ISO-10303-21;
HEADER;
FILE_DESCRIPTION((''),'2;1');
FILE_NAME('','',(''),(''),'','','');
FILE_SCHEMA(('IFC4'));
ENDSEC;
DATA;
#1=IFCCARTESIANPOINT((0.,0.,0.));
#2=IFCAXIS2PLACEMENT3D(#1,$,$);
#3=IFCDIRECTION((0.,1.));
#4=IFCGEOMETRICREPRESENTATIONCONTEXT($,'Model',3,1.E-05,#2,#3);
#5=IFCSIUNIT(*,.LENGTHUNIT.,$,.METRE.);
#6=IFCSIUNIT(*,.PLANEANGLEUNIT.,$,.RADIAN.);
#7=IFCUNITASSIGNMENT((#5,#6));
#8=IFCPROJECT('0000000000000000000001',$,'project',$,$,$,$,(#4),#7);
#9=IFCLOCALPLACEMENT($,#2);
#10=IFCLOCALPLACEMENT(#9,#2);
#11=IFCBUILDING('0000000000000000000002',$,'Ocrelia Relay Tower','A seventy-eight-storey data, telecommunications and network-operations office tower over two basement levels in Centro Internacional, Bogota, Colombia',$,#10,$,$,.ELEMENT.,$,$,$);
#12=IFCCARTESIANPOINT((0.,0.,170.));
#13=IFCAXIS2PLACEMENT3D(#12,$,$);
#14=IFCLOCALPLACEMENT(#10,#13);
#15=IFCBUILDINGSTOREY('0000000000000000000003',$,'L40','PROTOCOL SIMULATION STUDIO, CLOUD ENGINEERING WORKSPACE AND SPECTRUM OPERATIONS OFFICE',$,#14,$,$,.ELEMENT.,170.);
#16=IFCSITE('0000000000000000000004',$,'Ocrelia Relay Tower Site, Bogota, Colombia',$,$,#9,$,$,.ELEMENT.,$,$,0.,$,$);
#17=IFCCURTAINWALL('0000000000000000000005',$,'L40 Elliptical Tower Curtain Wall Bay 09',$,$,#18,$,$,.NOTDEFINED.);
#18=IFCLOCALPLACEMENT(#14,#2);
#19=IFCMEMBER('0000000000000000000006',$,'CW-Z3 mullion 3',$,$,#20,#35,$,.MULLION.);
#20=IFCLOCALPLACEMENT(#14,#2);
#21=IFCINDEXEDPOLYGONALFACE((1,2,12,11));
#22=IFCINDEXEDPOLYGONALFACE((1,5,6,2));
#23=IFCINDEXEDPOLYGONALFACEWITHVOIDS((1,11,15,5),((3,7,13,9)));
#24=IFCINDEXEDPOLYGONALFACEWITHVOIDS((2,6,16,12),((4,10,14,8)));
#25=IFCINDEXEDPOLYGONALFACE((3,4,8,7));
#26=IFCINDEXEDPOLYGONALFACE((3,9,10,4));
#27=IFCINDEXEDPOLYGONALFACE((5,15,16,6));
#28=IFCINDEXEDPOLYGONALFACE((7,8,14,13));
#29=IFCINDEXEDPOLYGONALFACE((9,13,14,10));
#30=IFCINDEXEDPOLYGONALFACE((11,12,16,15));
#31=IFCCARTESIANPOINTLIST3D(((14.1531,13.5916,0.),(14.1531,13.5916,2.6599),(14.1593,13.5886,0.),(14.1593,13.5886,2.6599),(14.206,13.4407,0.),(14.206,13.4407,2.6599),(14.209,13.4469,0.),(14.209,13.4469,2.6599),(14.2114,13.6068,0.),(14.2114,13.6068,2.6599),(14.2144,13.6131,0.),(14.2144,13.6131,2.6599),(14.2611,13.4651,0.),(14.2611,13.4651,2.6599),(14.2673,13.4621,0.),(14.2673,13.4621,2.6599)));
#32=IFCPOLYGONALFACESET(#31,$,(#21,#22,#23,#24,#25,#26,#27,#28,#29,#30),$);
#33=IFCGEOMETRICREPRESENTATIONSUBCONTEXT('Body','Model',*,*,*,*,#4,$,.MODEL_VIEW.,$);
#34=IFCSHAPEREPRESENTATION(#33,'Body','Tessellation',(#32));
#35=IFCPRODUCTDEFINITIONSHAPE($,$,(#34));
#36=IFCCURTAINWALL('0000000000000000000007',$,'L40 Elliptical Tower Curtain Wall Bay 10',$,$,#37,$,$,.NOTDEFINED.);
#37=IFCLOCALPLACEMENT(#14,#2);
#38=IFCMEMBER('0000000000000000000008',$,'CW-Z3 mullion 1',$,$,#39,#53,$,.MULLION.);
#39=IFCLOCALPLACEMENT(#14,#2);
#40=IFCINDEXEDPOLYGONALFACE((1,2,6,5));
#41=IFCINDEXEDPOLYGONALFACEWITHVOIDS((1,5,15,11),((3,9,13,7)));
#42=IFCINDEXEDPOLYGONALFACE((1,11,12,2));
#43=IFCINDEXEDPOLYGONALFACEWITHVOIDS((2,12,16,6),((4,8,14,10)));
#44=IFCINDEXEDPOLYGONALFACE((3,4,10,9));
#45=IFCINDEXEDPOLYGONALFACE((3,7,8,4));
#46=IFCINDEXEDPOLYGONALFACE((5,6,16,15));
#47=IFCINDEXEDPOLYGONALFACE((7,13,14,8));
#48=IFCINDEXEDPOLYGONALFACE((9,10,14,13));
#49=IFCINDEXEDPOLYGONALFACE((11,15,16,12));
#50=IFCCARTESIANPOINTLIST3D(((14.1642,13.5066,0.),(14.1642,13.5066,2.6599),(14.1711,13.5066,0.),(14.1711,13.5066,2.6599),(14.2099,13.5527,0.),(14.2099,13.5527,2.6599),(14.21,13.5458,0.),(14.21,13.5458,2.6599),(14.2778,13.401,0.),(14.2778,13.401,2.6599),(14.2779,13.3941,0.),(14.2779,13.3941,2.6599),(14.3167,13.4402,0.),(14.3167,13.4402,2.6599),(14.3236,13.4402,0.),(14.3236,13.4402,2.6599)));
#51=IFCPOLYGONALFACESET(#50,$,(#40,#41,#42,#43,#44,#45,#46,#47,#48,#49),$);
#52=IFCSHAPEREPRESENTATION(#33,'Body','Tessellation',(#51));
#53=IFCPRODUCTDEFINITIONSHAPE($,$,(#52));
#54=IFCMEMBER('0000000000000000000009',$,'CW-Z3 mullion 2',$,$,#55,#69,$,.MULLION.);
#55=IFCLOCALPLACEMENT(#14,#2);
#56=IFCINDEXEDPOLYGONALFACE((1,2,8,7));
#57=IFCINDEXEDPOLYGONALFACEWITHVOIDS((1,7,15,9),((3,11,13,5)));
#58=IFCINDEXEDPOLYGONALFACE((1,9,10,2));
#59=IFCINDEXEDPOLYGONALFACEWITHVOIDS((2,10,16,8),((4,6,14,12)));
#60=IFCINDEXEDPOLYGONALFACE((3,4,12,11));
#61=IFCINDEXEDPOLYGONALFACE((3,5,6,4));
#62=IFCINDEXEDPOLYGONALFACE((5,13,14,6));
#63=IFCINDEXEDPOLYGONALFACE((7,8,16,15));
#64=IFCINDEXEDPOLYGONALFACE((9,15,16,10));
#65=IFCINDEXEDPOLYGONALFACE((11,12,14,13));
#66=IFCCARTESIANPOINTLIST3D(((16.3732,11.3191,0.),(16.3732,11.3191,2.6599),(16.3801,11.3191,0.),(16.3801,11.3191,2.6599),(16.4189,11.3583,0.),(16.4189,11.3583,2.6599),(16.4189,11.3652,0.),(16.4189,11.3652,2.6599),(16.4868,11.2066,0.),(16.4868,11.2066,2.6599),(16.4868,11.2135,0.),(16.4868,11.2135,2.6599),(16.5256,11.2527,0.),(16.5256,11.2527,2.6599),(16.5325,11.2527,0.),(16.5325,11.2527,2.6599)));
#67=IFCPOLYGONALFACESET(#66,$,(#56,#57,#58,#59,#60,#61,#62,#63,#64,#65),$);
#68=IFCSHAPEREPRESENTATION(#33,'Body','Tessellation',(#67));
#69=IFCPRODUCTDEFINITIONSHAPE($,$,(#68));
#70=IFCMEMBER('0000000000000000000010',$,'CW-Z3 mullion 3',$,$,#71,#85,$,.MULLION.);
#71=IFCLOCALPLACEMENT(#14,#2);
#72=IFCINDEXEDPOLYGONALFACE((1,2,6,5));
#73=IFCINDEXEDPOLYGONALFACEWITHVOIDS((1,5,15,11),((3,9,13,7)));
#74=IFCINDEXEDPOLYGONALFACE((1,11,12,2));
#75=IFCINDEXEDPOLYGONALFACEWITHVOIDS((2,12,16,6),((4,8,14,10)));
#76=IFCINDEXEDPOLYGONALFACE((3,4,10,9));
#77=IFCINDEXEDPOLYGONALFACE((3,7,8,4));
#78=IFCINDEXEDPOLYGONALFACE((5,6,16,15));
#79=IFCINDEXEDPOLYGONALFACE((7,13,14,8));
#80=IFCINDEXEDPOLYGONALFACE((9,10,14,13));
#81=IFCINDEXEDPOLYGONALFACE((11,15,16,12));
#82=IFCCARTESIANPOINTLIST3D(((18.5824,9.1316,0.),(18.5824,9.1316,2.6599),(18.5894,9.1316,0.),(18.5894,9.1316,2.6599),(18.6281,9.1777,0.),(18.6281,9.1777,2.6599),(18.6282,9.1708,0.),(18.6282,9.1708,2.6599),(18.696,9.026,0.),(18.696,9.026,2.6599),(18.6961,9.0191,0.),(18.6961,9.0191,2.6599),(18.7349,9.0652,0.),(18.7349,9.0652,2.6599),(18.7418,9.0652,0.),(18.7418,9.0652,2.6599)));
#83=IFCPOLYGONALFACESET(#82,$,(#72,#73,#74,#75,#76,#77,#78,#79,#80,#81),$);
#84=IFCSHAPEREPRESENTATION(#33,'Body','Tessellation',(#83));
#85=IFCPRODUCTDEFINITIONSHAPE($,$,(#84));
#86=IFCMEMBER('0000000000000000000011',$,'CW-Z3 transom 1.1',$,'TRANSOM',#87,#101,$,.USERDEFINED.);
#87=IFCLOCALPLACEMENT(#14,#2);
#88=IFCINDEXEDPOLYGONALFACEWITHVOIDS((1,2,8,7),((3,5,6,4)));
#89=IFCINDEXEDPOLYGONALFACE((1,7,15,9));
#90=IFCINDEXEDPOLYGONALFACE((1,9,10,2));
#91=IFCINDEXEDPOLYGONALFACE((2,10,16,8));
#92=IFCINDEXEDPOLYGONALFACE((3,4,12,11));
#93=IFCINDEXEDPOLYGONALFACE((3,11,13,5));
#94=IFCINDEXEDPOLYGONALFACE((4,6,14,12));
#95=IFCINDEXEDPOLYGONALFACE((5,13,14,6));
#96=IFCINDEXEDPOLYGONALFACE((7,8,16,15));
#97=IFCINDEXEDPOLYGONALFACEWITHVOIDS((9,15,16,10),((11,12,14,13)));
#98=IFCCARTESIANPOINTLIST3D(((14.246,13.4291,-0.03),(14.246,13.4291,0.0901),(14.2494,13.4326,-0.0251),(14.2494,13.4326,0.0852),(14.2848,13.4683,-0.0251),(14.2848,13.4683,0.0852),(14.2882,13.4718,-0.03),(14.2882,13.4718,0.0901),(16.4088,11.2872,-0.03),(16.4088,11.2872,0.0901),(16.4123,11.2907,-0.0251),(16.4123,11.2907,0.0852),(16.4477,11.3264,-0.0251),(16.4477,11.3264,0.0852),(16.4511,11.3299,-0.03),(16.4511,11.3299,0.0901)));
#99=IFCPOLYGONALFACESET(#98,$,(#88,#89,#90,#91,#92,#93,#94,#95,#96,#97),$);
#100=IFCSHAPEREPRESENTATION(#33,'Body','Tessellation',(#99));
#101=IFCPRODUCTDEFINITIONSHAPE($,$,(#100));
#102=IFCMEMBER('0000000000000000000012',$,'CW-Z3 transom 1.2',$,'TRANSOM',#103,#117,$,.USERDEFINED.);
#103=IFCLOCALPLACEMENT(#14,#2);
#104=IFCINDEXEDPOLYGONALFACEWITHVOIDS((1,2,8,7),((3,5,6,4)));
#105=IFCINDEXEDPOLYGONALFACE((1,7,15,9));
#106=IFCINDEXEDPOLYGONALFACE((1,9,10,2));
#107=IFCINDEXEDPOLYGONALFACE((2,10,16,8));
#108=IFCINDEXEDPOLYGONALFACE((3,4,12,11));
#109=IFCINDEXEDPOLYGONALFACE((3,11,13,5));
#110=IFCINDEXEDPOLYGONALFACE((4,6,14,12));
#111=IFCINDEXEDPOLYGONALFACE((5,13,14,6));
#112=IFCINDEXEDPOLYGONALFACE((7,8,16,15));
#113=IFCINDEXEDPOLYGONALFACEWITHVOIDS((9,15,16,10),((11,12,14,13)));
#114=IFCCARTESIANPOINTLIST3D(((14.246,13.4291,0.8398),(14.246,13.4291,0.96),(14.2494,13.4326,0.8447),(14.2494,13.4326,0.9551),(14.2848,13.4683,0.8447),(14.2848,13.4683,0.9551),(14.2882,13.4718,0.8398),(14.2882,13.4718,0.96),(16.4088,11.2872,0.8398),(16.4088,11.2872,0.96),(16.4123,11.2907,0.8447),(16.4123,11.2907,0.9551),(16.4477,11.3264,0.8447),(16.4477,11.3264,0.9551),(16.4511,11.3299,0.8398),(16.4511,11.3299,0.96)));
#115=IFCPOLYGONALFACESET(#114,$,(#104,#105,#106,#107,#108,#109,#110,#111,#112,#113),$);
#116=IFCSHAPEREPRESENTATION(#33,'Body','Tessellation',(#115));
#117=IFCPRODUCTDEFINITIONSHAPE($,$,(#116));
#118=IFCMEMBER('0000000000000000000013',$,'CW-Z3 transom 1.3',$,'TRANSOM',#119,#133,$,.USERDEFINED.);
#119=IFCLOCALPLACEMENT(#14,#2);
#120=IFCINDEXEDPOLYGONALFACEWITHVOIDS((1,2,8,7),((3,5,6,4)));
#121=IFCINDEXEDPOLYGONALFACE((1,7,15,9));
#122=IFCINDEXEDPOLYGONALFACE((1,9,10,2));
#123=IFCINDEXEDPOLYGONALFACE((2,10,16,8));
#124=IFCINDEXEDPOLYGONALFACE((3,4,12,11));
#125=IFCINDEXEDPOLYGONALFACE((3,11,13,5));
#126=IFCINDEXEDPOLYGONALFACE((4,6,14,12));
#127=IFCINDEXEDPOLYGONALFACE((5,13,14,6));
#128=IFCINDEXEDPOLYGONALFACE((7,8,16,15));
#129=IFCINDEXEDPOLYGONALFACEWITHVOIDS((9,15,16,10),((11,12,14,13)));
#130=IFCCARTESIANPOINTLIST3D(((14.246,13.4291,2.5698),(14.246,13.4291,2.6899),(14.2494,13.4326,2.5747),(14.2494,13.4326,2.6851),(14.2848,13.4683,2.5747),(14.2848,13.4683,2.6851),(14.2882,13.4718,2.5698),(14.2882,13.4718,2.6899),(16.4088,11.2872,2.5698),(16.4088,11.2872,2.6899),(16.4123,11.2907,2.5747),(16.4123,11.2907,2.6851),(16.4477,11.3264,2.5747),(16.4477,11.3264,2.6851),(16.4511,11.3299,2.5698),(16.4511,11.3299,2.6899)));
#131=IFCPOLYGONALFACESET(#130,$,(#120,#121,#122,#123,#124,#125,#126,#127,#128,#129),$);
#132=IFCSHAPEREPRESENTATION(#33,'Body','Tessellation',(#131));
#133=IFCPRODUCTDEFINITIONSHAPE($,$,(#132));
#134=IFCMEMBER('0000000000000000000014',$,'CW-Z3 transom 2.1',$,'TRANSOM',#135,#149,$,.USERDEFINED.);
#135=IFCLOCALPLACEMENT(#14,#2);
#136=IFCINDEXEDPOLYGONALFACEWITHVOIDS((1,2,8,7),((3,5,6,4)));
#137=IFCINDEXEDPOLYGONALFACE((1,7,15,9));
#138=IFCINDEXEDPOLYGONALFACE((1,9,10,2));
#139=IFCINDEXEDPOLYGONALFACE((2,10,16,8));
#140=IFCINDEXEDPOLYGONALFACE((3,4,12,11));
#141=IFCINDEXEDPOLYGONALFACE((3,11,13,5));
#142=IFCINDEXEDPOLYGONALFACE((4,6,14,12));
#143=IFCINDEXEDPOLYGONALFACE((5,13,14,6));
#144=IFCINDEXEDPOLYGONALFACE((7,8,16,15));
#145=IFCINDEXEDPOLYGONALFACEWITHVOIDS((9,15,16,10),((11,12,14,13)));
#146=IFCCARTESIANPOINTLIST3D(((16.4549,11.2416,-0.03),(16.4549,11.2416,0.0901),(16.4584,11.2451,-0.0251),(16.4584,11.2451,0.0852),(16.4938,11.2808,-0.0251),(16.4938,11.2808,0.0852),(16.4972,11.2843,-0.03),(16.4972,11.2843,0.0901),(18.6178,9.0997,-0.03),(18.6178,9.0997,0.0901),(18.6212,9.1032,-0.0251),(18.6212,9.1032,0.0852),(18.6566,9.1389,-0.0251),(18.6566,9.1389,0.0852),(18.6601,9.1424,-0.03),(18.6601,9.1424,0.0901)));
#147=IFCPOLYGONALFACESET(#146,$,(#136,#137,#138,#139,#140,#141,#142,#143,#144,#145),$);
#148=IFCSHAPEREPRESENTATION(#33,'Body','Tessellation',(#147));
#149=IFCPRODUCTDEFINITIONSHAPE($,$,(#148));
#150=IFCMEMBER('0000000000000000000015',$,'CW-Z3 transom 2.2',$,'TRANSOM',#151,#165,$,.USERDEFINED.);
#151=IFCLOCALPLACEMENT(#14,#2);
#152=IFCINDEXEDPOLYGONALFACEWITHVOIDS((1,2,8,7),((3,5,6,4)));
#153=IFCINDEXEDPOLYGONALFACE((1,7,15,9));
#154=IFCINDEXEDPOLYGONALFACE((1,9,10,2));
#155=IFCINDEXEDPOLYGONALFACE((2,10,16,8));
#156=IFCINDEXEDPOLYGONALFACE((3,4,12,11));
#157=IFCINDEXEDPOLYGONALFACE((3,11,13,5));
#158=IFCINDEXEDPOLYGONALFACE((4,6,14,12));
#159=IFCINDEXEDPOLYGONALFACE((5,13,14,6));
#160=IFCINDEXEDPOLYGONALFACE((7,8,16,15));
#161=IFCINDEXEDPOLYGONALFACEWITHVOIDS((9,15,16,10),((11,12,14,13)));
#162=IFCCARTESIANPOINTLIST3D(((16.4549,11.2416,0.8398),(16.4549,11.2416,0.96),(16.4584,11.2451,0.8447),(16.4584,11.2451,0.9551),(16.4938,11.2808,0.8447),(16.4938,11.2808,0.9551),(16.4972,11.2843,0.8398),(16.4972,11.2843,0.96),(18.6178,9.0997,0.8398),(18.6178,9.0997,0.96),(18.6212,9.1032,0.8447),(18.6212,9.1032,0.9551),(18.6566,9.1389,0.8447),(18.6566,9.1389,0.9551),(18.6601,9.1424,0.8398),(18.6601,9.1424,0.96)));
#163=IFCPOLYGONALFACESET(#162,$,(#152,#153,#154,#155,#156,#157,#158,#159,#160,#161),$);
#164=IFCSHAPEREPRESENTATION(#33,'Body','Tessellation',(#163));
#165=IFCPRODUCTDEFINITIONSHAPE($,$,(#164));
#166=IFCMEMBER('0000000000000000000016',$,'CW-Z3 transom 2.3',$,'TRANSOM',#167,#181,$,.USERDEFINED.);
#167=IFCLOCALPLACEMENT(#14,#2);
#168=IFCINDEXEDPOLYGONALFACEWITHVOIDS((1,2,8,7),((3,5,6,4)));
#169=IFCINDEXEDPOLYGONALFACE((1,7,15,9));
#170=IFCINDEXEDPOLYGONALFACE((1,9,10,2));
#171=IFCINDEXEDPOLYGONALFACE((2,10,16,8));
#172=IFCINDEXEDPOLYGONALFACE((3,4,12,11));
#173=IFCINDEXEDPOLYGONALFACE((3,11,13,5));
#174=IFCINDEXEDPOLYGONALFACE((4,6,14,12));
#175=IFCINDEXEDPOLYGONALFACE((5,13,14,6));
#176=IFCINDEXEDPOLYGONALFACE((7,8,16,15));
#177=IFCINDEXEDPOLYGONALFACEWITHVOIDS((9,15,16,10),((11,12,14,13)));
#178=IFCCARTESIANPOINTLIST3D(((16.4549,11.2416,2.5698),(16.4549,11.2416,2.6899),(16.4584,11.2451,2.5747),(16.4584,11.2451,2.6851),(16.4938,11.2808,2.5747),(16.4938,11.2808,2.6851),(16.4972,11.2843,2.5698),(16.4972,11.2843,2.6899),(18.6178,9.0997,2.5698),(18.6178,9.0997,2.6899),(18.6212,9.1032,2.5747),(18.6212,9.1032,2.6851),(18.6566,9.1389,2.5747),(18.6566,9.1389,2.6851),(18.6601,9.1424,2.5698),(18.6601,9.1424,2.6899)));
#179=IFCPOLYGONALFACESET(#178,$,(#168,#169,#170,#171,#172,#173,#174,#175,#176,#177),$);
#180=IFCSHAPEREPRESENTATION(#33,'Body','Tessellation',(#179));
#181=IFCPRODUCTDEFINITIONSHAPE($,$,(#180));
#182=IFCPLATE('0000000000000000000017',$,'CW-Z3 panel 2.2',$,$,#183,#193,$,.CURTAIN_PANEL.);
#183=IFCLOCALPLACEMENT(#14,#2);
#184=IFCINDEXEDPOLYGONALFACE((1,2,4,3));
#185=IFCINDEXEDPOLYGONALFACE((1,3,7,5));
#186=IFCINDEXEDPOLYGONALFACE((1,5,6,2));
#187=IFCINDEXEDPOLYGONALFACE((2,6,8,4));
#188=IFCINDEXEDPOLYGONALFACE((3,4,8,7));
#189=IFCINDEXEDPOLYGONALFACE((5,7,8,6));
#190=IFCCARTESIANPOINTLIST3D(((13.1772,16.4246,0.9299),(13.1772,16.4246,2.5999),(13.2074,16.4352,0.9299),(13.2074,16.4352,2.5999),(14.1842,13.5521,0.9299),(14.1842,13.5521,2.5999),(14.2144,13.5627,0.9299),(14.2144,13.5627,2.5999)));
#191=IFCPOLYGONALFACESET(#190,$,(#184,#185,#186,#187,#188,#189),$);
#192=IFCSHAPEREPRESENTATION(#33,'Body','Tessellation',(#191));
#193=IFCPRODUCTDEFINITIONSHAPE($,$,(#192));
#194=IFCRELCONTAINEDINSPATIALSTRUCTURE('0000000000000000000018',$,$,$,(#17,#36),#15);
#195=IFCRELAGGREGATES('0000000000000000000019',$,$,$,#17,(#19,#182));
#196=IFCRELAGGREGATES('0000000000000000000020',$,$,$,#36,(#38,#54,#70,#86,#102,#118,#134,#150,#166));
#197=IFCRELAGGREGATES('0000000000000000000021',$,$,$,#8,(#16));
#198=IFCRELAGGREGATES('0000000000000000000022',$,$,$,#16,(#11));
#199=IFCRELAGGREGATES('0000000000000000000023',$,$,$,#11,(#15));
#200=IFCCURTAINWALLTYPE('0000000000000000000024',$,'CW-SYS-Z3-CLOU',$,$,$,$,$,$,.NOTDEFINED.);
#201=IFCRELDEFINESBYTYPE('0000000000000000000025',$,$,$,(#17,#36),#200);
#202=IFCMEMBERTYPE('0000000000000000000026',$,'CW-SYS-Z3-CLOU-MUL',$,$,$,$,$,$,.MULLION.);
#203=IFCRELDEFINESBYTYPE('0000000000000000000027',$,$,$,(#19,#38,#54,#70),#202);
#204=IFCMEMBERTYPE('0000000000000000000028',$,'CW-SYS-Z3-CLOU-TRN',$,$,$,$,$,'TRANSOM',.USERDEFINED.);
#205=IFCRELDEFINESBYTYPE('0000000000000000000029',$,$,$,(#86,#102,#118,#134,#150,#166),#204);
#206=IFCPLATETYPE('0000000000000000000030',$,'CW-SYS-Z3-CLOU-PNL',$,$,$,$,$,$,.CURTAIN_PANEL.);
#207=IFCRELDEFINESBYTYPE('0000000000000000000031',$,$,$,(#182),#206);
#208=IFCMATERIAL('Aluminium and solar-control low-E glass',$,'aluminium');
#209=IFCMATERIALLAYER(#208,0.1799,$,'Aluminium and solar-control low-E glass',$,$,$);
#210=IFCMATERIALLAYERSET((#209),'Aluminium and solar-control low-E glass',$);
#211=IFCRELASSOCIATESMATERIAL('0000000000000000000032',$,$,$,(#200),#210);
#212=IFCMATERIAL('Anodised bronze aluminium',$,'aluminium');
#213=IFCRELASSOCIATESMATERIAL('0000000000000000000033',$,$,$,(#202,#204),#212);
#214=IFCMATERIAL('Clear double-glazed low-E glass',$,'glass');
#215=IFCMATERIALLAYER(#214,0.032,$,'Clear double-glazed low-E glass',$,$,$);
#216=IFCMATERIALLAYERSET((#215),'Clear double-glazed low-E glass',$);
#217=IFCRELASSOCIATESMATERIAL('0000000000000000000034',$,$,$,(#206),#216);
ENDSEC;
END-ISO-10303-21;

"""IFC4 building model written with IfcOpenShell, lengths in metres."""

from ifc_helpers import new_model, si_unit, direction, frame, origin, origin_2d, place, context, subcontext, project, spatial, rectangle, hollow_rectangle, extrude, material, layer, layer_set, material_profile, profile_set, type_object, element, aggregate, save


model = new_model("IFC4")

# Units and contexts
model_context = context("Model", 3, precision=1e-05, world=origin(), true_north=direction((0.0, 1.0)))
body_context = subcontext(model_context, "Body", "Model", "MODEL_VIEW")
ifc_project = project(units=[si_unit("LENGTHUNIT", "METRE"), si_unit("PLANEANGLEUNIT", "RADIAN")], contexts=[model_context])

# Site, building, storey
site_placement = place(None, origin())
site = spatial("IfcSite", under=ifc_project, at=site_placement, Name="Ocrelia Relay Tower Site, Bogota, Colombia", CompositionType="ELEMENT", RefElevation=0.0)
building_placement = place(site_placement, origin())
building = spatial("IfcBuilding", under=site, at=building_placement, Name="Ocrelia Relay Tower", Description="A seventy-eight-storey data, telecommunications and network-operations office tower over two basement levels in Centro Internacional, Bogota, Colombia", CompositionType="ELEMENT")
storey_placement = place(building_placement, frame((0.0, 0.0, 170.0)))
storey = spatial("IfcBuildingStorey", under=building, at=storey_placement, Name="L40", Description="PROTOCOL SIMULATION STUDIO, CLOUD ENGINEERING WORKSPACE AND SPECTRUM OPERATIONS OFFICE", CompositionType="ELEMENT", Elevation=170.0)

# Curtain wall, member
ifc_material_1 = material(Name="Aluminium and solar-control low-E glass", Category="aluminium")
ifc_layer_1 = layer(ifc_material_1, 0.1799, Name="Aluminium and solar-control low-E glass")
ifc_layer_set_1 = layer_set([ifc_layer_1], Name="Aluminium and solar-control low-E glass")
curtain_wall_type = type_object("IfcCurtainWallType", Name="CW-SYS-Z3-CLOU", PredefinedType="NOTDEFINED", material=ifc_layer_set_1)
curtain_wall_1_placement = place(storey_placement, origin())
curtain_wall_1 = element("IfcCurtainWall", 1, at=curtain_wall_1_placement, inside=storey, type_object=curtain_wall_type, Name="L40 Elliptical Tower Curtain Wall Bay 09", PredefinedType="NOTDEFINED")
ifc_material_2 = material(Name="Anodised bronze aluminium", Category="aluminium")
ifc_material_profile_1 = material_profile(ifc_material_2, hollow_rectangle(XDim=0.0649, YDim=0.1599, WallThickness=0.0049, at=origin_2d()), Name="CW-MUL-160x65")
ifc_profile_set_1 = profile_set([ifc_material_profile_1], Name="Anodised bronze aluminium")
member_type_1 = type_object("IfcMemberType", Name="CW-SYS-Z3-CLOU-MUL", PredefinedType="MULLION", material=ifc_profile_set_1)
member_1_placement = place(storey_placement, frame((14.2102, 13.5269, 0.0), z_axis=(0.0, 0.0, 1.0), x_axis=(0.943685, 0.330845, 0.0)))
member_1 = element("IfcMember", 2, at=member_1_placement, type_object=member_type_1, Name="CW-Z3 mullion 3", PredefinedType="MULLION", context=body_context, shape_type="SweptSolid", body=[
    extrude(hollow_rectangle(XDim=0.0649, YDim=0.1599, WallThickness=0.0049, at=origin_2d()), origin(), (0.0, 0.0, 1.0), 2.6599),
])

# Curtain wall, members
curtain_wall_2_placement = place(storey_placement, origin())
curtain_wall_2 = element("IfcCurtainWall", 3, at=curtain_wall_2_placement, inside=storey, type_object=curtain_wall_type, Name="L40 Elliptical Tower Curtain Wall Bay 10", PredefinedType="NOTDEFINED")
member_2_placement = place(storey_placement, frame((14.2439, 13.4734, 0.0), z_axis=(0.0, 0.0, 1.0), x_axis=(0.703644, 0.710552, 0.0)))
member_2 = element("IfcMember", 4, at=member_2_placement, type_object=member_type_1, Name="CW-Z3 mullion 1", PredefinedType="MULLION", context=body_context, shape_type="SweptSolid", body=[
    extrude(hollow_rectangle(XDim=0.0649, YDim=0.1599, WallThickness=0.0049, at=origin_2d()), origin(), (0.0, 0.0, 1.0), 2.6599),
])
member_3_placement = place(storey_placement, frame((16.4529, 11.2859, 0.0), z_axis=(0.0, 0.0, 1.0), x_axis=(0.703644, 0.710552, 0.0)))
member_3 = element("IfcMember", 5, at=member_3_placement, type_object=member_type_1, Name="CW-Z3 mullion 2", PredefinedType="MULLION", context=body_context, shape_type="SweptSolid", body=[
    extrude(hollow_rectangle(XDim=0.0649, YDim=0.1599, WallThickness=0.0049, at=origin_2d()), origin(), (0.0, 0.0, 1.0), 2.6599),
])
member_4_placement = place(storey_placement, frame((18.6621, 9.0984, 0.0), z_axis=(0.0, 0.0, 1.0), x_axis=(0.703644, 0.710552, 0.0)))
member_4 = element("IfcMember", 6, at=member_4_placement, type_object=member_type_1, Name="CW-Z3 mullion 3", PredefinedType="MULLION", context=body_context, shape_type="SweptSolid", body=[
    extrude(hollow_rectangle(XDim=0.0649, YDim=0.1599, WallThickness=0.0049, at=origin_2d()), origin(), (0.0, 0.0, 1.0), 2.6599),
])
ifc_material_profile_2 = material_profile(ifc_material_2, hollow_rectangle(XDim=0.0601, YDim=0.1201, WallThickness=0.0049, at=origin_2d()), Name="CW-TRN-120x60")
ifc_profile_set_2 = profile_set([ifc_material_profile_2], Name="Anodised bronze aluminium")
member_type_2 = type_object("IfcMemberType", Name="CW-SYS-Z3-CLOU-TRN", ElementType="TRANSOM", PredefinedType="USERDEFINED", material=ifc_profile_set_2)
member_5_placement = place(storey_placement, frame((14.2671, 13.4504, 0.03), z_axis=(0.710547, -0.70365, 0.0), x_axis=(0.70365, 0.710547, 0.0)))
member_5 = element("IfcMember", 7, at=member_5_placement, type_object=member_type_2, Name="CW-Z3 transom 1.1", ObjectType="TRANSOM", PredefinedType="USERDEFINED", context=body_context, shape_type="SweptSolid", body=[
    extrude(hollow_rectangle(XDim=0.0601, YDim=0.1201, WallThickness=0.0049, at=origin_2d()), origin(), (0.0, 0.0, 1.0), 3.0439),
])
member_6_placement = place(storey_placement, frame((14.2671, 13.4504, 0.8999), z_axis=(0.710547, -0.70365, 0.0), x_axis=(0.70365, 0.710547, 0.0)))
member_6 = element("IfcMember", 8, at=member_6_placement, type_object=member_type_2, Name="CW-Z3 transom 1.2", ObjectType="TRANSOM", PredefinedType="USERDEFINED", context=body_context, shape_type="SweptSolid", body=[
    extrude(hollow_rectangle(XDim=0.0601, YDim=0.1201, WallThickness=0.0049, at=origin_2d()), origin(), (0.0, 0.0, 1.0), 3.0439),
])
member_7_placement = place(storey_placement, frame((14.2671, 13.4504, 2.6299), z_axis=(0.710547, -0.70365, 0.0), x_axis=(0.70365, 0.710547, 0.0)))
member_7 = element("IfcMember", 9, at=member_7_placement, type_object=member_type_2, Name="CW-Z3 transom 1.3", ObjectType="TRANSOM", PredefinedType="USERDEFINED", context=body_context, shape_type="SweptSolid", body=[
    extrude(hollow_rectangle(XDim=0.0601, YDim=0.1201, WallThickness=0.0049, at=origin_2d()), origin(), (0.0, 0.0, 1.0), 3.0439),
])
member_8_placement = place(storey_placement, frame((16.4761, 11.2629, 0.03), z_axis=(0.710547, -0.70365, 0.0), x_axis=(0.70365, 0.710547, 0.0)))
member_8 = element("IfcMember", 10, at=member_8_placement, type_object=member_type_2, Name="CW-Z3 transom 2.1", ObjectType="TRANSOM", PredefinedType="USERDEFINED", context=body_context, shape_type="SweptSolid", body=[
    extrude(hollow_rectangle(XDim=0.0601, YDim=0.1201, WallThickness=0.0049, at=origin_2d()), origin(), (0.0, 0.0, 1.0), 3.0439),
])
member_9_placement = place(storey_placement, frame((16.4761, 11.2629, 0.8999), z_axis=(0.710547, -0.70365, 0.0), x_axis=(0.70365, 0.710547, 0.0)))
member_9 = element("IfcMember", 11, at=member_9_placement, type_object=member_type_2, Name="CW-Z3 transom 2.2", ObjectType="TRANSOM", PredefinedType="USERDEFINED", context=body_context, shape_type="SweptSolid", body=[
    extrude(hollow_rectangle(XDim=0.0601, YDim=0.1201, WallThickness=0.0049, at=origin_2d()), origin(), (0.0, 0.0, 1.0), 3.0439),
])
member_10_placement = place(storey_placement, frame((16.4761, 11.2629, 2.6299), z_axis=(0.710547, -0.70365, 0.0), x_axis=(0.70365, 0.710547, 0.0)))
member_10 = element("IfcMember", 12, at=member_10_placement, type_object=member_type_2, Name="CW-Z3 transom 2.3", ObjectType="TRANSOM", PredefinedType="USERDEFINED", context=body_context, shape_type="SweptSolid", body=[
    extrude(hollow_rectangle(XDim=0.0601, YDim=0.1201, WallThickness=0.0049, at=origin_2d()), origin(), (0.0, 0.0, 1.0), 3.0439),
])

# Plate
ifc_material_3 = material(Name="Clear double-glazed low-E glass", Category="glass")
ifc_layer_2 = layer(ifc_material_3, 0.032, Name="Clear double-glazed low-E glass")
ifc_layer_set_2 = layer_set([ifc_layer_2], Name="Clear double-glazed low-E glass")
plate_type = type_object("IfcPlateType", Name="CW-SYS-Z3-CLOU-PNL", PredefinedType="CURTAIN_PANEL", material=ifc_layer_set_2)
plate_1_placement = place(storey_placement, frame((13.6958, 14.9937, 0.9299), z_axis=(0.0, 0.0, 1.0), x_axis=(0.330845, -0.943685, 0.0)))
plate_1 = element("IfcPlate", 13, at=plate_1_placement, type_object=plate_type, Name="CW-Z3 panel 2.2", PredefinedType="CURTAIN_PANEL", context=body_context, shape_type="SweptSolid", body=[
    extrude(rectangle(XDim=3.0439, YDim=0.032, at=origin_2d()), origin(), (0.0, 0.0, 1.0), 1.6699),
])
aggregate(curtain_wall_1, [member_1, plate_1])
aggregate(curtain_wall_2, [member_2, member_3, member_4, member_5, member_6, member_7, member_8, member_9, member_10])

save(model, "model.ifc")
